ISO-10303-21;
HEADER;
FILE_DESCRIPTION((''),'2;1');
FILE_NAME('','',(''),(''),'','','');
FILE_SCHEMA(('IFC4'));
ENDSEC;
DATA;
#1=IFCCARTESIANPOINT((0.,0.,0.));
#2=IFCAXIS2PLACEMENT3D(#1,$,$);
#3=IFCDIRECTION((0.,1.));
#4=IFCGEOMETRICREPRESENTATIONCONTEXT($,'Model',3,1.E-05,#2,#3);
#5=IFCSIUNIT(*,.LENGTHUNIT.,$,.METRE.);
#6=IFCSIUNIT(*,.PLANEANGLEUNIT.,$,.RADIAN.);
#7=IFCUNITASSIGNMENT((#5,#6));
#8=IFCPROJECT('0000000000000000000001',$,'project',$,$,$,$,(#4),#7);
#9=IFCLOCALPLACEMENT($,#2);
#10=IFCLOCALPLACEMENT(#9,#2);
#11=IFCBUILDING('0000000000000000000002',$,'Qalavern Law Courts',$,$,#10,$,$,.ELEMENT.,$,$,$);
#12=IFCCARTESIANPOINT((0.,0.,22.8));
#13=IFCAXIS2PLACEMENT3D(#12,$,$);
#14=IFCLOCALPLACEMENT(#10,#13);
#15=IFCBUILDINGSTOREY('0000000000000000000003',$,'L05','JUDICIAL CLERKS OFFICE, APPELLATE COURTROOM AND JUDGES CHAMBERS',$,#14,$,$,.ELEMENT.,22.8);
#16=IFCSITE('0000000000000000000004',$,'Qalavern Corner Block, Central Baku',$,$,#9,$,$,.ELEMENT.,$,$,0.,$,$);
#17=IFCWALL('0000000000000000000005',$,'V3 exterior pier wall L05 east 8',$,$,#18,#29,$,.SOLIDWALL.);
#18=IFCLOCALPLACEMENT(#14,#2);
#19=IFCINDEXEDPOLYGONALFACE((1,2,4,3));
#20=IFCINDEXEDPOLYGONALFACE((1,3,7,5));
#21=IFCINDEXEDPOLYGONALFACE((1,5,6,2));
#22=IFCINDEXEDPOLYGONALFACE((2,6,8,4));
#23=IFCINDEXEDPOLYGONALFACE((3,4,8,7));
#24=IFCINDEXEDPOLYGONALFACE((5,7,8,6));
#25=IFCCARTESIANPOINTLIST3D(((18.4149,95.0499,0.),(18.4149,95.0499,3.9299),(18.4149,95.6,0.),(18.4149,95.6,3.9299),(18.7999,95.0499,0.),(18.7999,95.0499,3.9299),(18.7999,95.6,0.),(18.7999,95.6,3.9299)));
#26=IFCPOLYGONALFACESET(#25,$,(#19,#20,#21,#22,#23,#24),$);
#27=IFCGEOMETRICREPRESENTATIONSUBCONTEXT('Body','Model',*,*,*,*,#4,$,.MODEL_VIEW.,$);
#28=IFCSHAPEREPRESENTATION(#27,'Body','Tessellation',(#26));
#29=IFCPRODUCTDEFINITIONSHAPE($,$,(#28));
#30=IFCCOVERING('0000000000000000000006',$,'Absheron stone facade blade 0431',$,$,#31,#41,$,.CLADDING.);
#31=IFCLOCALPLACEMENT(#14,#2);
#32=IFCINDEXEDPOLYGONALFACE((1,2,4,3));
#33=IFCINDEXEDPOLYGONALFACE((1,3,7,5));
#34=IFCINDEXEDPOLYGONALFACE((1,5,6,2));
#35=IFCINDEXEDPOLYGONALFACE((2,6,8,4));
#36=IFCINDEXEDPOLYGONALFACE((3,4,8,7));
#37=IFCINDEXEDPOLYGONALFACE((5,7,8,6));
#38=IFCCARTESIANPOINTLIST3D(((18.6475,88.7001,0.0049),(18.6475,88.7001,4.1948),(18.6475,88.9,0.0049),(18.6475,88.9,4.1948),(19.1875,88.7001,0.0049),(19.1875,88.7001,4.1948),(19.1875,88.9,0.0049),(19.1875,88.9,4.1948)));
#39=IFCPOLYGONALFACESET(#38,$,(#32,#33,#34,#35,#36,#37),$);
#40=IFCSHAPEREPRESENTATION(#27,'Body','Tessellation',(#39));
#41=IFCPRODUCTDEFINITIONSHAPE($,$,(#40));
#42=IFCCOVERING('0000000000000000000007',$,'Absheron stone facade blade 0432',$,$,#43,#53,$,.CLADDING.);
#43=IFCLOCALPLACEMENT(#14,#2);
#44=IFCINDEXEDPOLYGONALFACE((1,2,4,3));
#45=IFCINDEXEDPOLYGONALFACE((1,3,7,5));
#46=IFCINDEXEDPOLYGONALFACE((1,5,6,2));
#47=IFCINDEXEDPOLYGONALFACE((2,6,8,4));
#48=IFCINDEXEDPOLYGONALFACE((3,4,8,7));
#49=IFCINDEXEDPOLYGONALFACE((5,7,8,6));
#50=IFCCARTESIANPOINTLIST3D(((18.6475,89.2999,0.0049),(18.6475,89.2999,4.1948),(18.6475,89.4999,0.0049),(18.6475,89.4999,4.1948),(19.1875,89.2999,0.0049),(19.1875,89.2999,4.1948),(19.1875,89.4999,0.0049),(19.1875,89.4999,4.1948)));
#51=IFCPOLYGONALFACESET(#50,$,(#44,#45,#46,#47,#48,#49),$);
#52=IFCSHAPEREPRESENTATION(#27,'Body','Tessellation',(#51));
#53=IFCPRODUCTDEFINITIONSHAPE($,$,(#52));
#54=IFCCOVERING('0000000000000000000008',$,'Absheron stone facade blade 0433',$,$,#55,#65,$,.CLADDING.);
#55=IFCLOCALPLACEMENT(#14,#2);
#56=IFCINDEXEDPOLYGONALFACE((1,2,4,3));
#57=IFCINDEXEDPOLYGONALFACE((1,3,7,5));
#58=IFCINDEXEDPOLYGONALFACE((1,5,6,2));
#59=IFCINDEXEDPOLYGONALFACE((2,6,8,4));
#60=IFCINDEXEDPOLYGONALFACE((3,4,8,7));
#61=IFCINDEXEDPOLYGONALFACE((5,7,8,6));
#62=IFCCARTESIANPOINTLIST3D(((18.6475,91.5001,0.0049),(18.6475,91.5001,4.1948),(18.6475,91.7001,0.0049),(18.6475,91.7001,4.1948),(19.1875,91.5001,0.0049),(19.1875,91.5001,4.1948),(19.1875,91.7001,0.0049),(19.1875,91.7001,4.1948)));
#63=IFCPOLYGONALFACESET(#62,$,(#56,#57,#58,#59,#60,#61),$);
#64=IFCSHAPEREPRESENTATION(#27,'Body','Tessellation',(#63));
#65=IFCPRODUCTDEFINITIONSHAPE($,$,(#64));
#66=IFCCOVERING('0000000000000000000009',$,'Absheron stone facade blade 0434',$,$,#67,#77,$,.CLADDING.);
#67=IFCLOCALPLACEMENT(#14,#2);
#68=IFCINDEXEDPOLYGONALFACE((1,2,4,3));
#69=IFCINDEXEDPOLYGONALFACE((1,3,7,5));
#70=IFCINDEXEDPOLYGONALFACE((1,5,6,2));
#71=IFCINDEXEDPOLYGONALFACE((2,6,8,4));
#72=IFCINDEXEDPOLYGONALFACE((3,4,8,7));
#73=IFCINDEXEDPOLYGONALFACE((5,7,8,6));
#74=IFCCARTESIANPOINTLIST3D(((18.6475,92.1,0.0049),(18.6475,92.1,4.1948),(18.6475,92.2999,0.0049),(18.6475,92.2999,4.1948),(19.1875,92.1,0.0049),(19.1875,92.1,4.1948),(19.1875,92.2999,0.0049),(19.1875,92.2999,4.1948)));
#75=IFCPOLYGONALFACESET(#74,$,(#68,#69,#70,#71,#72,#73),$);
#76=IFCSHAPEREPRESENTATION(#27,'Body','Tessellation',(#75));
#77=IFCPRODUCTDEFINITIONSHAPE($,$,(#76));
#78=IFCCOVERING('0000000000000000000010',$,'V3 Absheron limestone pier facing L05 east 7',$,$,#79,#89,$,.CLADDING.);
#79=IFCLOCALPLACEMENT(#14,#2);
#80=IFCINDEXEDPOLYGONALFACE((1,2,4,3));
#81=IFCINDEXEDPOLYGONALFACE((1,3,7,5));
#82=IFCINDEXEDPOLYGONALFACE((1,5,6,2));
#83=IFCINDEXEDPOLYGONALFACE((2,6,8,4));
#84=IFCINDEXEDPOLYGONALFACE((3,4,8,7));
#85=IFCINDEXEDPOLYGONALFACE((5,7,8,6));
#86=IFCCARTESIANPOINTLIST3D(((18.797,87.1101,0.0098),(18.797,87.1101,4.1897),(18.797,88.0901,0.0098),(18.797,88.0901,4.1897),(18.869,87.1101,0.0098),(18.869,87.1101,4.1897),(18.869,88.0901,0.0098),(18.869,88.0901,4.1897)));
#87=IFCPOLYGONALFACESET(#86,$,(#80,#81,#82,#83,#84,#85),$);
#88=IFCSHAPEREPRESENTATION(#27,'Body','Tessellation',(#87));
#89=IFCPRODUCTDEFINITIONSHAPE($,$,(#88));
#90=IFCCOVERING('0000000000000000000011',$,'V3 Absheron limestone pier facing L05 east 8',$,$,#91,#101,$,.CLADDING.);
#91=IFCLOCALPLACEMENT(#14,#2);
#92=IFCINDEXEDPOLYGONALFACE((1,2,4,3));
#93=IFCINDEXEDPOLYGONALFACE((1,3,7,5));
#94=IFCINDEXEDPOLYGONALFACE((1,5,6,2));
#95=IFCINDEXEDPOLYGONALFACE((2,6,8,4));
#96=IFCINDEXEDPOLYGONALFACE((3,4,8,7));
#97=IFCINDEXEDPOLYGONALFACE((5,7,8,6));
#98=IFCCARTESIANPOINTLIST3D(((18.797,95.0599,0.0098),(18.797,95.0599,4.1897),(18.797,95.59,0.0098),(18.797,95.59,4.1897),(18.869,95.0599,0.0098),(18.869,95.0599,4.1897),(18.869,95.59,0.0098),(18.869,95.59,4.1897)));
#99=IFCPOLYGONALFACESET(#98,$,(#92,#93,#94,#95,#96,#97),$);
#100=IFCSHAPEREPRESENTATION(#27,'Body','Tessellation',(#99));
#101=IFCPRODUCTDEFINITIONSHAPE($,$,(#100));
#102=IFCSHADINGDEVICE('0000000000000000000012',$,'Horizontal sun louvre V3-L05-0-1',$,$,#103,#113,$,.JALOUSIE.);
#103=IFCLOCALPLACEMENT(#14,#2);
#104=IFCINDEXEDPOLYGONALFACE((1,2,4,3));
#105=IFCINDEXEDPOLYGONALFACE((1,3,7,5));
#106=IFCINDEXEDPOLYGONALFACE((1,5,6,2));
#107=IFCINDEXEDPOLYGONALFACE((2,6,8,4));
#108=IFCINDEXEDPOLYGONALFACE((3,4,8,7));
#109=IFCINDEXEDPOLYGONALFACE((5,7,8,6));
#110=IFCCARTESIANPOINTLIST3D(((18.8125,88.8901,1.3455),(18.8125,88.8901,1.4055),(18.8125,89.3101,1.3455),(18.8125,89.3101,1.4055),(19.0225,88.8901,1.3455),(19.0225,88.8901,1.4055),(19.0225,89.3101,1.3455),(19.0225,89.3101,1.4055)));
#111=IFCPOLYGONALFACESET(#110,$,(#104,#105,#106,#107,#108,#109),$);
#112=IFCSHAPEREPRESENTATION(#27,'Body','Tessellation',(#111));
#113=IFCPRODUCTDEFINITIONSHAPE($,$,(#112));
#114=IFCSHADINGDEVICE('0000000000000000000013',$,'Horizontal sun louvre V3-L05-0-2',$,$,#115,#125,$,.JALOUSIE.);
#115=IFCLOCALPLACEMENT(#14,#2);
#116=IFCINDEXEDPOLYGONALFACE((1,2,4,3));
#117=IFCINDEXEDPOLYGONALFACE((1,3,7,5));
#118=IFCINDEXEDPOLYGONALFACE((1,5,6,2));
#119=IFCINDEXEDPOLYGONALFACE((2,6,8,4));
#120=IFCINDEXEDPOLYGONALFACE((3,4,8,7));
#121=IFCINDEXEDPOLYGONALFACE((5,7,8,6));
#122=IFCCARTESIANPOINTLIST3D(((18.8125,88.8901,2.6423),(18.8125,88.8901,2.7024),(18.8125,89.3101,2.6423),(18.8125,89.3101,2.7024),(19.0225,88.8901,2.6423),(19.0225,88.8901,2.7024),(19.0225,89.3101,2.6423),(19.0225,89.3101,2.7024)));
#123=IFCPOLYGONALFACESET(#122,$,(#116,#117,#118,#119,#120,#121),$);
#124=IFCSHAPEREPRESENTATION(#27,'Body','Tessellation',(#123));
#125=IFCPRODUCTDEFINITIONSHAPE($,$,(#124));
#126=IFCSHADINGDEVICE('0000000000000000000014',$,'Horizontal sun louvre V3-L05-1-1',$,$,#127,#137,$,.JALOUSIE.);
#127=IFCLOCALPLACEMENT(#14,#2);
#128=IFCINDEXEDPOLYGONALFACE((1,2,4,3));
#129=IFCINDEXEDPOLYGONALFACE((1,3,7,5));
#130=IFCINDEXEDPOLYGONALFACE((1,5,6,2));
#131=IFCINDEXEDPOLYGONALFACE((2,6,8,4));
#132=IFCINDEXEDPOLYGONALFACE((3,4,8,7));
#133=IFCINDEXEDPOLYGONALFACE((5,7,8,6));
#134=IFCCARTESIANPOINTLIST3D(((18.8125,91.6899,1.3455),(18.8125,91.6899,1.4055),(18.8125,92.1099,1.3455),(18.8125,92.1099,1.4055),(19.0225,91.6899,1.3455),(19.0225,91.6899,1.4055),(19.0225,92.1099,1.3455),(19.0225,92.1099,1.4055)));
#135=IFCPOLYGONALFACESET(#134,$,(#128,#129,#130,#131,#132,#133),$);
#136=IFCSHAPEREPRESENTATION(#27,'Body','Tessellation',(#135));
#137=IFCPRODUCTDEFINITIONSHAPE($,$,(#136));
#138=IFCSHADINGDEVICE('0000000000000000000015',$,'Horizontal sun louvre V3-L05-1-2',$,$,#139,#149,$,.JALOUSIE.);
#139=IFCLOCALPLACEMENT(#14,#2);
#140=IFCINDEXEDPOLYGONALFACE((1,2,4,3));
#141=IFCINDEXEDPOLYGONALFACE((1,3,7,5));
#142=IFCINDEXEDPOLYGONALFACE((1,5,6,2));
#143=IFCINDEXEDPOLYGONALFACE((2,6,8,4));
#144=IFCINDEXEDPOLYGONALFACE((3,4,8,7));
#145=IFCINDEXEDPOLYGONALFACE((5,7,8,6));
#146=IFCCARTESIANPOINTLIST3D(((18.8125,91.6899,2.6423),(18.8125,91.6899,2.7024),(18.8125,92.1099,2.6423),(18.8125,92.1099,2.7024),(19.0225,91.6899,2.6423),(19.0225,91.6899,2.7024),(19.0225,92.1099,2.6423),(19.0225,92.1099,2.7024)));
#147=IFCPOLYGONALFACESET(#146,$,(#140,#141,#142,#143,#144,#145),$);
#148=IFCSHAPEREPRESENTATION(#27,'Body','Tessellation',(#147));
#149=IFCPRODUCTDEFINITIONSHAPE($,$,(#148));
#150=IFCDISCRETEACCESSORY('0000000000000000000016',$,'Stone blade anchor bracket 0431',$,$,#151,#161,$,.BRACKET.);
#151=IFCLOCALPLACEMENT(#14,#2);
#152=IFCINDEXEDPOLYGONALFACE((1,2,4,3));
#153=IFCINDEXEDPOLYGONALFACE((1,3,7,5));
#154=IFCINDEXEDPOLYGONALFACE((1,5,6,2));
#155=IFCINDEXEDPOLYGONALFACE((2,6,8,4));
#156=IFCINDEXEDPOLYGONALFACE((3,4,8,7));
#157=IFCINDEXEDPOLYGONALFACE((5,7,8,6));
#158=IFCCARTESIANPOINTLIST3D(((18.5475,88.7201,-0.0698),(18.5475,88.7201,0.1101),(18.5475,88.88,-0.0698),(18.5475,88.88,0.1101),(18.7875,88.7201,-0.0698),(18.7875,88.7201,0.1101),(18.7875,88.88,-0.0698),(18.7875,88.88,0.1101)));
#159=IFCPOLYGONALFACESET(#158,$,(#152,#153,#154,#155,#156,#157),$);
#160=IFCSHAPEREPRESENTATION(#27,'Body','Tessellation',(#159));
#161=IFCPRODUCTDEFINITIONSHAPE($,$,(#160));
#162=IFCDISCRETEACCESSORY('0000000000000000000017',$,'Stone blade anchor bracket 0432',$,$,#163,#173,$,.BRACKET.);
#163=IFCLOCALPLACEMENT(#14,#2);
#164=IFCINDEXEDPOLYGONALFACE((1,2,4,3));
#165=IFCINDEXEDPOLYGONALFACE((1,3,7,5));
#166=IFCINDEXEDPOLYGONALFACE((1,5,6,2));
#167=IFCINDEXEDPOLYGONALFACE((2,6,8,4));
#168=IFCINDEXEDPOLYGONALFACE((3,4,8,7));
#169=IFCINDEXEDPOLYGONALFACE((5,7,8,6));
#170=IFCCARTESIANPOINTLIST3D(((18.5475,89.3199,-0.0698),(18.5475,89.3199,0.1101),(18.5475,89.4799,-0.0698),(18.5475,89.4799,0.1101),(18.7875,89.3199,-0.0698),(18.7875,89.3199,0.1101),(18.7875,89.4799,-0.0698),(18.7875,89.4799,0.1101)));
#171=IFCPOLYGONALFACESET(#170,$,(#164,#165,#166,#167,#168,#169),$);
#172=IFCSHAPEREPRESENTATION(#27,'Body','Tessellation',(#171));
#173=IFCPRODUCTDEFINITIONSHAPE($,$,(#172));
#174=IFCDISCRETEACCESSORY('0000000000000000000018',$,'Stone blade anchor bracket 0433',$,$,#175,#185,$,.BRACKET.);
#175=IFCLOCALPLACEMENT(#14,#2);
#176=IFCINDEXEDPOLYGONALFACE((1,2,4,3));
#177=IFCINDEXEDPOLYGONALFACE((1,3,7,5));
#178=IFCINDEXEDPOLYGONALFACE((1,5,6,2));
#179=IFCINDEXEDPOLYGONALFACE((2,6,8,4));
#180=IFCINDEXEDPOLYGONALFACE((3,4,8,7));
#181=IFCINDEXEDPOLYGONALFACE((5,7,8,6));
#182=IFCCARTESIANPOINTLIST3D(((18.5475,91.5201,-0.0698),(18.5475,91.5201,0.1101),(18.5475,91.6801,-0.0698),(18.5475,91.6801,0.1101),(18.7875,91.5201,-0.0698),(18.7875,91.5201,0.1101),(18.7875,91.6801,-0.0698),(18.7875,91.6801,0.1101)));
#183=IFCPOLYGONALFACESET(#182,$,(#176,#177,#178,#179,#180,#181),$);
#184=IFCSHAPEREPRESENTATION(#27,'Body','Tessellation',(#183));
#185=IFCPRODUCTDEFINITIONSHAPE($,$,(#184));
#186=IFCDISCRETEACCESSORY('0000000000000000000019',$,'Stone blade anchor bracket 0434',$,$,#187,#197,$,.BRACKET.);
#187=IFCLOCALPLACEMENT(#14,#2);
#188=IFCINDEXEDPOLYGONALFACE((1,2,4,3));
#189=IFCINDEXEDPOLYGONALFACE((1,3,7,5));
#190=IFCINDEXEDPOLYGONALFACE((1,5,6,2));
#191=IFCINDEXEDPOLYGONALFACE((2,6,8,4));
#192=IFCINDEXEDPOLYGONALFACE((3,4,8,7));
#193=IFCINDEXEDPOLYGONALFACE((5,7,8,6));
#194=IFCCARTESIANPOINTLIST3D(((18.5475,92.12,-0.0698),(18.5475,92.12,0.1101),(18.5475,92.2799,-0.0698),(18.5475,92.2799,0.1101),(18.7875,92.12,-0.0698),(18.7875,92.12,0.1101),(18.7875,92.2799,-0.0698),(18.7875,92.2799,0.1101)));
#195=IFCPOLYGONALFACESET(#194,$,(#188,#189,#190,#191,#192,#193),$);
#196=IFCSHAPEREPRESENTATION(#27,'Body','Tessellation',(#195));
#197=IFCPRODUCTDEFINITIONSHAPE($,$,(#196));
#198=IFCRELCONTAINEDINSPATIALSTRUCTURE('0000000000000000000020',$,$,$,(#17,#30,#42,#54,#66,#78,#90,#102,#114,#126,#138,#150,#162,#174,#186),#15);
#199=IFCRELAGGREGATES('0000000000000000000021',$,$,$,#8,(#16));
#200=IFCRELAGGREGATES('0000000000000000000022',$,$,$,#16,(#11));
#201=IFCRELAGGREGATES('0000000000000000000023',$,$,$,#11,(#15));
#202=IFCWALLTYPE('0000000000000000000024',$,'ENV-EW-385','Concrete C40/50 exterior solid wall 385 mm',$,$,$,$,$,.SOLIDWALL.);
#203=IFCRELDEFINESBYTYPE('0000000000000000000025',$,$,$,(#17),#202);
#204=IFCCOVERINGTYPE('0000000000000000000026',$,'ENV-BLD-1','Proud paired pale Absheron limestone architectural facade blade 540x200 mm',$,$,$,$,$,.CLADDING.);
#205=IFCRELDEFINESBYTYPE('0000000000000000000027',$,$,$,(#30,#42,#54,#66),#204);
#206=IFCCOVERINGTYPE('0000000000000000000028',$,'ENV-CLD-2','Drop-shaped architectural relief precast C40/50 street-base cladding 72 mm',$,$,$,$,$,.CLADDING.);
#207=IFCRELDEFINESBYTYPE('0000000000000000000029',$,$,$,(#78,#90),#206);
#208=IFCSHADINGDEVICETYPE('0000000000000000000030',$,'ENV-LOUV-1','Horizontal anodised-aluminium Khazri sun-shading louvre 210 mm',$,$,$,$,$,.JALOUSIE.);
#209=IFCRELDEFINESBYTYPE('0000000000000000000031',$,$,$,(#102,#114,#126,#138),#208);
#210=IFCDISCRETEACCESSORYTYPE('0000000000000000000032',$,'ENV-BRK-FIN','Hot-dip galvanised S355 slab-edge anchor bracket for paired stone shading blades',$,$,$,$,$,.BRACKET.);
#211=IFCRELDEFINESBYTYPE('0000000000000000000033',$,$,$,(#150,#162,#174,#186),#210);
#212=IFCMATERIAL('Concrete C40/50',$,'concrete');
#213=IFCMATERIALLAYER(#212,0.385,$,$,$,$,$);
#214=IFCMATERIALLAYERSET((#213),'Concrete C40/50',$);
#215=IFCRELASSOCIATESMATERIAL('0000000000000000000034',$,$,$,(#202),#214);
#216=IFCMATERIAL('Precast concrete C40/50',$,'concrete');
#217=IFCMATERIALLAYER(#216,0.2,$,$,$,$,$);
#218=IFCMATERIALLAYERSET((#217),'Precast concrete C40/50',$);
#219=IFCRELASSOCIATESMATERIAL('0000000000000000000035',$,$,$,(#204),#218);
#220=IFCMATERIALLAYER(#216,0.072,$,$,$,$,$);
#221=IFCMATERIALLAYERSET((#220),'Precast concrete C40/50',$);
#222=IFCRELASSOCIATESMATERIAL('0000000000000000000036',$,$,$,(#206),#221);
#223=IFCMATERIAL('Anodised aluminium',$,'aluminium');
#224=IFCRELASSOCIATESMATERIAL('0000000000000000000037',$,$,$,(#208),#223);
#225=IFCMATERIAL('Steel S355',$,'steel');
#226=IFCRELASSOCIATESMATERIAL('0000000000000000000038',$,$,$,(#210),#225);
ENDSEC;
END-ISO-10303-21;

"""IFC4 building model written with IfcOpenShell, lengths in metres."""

from ifc_helpers import new_model, si_unit, direction, frame, frame_2d, origin, origin_2d, place, context, subcontext, project, spatial, rectangle, extrude, material, layer, layer_set, type_object, element, save


model = new_model("IFC4")

# Units and contexts
model_context = context("Model", 3, precision=1e-05, world=origin(), true_north=direction((0.0, 1.0)))
body_context = subcontext(model_context, "Body", "Model", "MODEL_VIEW")
ifc_project = project(units=[si_unit("LENGTHUNIT", "METRE"), si_unit("PLANEANGLEUNIT", "RADIAN")], contexts=[model_context])

# Site, building, storey
site_placement = place(None, origin())
site = spatial("IfcSite", under=ifc_project, at=site_placement, Name="Qalavern Corner Block, Central Baku", CompositionType="ELEMENT", RefElevation=0.0)
building_placement = place(site_placement, origin())
building = spatial("IfcBuilding", under=site, at=building_placement, Name="Qalavern Law Courts", CompositionType="ELEMENT")
storey_placement = place(building_placement, frame((0.0, 0.0, 22.8)))
storey = spatial("IfcBuildingStorey", under=building, at=storey_placement, Name="L05", Description="JUDICIAL CLERKS OFFICE, APPELLATE COURTROOM AND JUDGES CHAMBERS", CompositionType="ELEMENT", Elevation=22.8)

# Shared definitions
ifc_material_1 = material(Name="Anodised aluminium", Category="aluminium")

# Wall
ifc_material_2 = material(Name="Concrete C40/50", Category="concrete")
ifc_layer_1 = layer(ifc_material_2, 0.385)
ifc_layer_set_1 = layer_set([ifc_layer_1], Name="Concrete C40/50")
wall_type = type_object("IfcWallType", Name="ENV-EW-385", Description="Concrete C40/50 exterior solid wall 385 mm", PredefinedType="SOLIDWALL", material=ifc_layer_set_1)
wall_placement = place(storey_placement, frame((18.6074, 95.05, 0.0), z_axis=(0.0, 0.0, 1.0), x_axis=(0.0, 1.0, 0.0)))
element("IfcWall", 1, at=wall_placement, inside=storey, type_object=wall_type, Name="V3 exterior pier wall L05 east 8", PredefinedType="SOLIDWALL", context=body_context, shape_type="SweptSolid", body=[
    extrude(rectangle(XDim=0.55, YDim=0.385, at=frame_2d((0.2749, 0.0))), origin(), (0.0, 0.0, 1.0), 3.9299),
])

# Coverings
ifc_material_3 = material(Name="Precast concrete C40/50", Category="concrete")
ifc_layer_2 = layer(ifc_material_3, 0.2)
ifc_layer_set_2 = layer_set([ifc_layer_2], Name="Precast concrete C40/50")
covering_type_1 = type_object("IfcCoveringType", Name="ENV-BLD-1", Description="Proud paired pale Absheron limestone architectural facade blade 540x200 mm", PredefinedType="CLADDING", material=ifc_layer_set_2)
for number, where, z_axis, x_axis, name in (
    (2, (18.9175, 88.8, 0.0049), (0.0, 0.0, 1.0), (1.0, 0.0, 0.0), "Absheron stone facade blade 0431"),
    (3, (18.9175, 89.3999, 0.0049), (0.0, 0.0, 1.0), (1.0, 0.0, 0.0), "Absheron stone facade blade 0432"),
    (4, (18.9175, 91.6001, 0.0049), (0.0, 0.0, 1.0), (1.0, 0.0, 0.0), "Absheron stone facade blade 0433"),
    (5, (18.9175, 92.2, 0.0049), (0.0, 0.0, 1.0), (1.0, 0.0, 0.0), "Absheron stone facade blade 0434"),
):
    element("IfcCovering", number, at=place(storey_placement, frame(where, z_axis=z_axis, x_axis=x_axis)), inside=storey, type_object=covering_type_1, Name=name, PredefinedType="CLADDING", context=body_context, shape_type="SweptSolid", body=[
        extrude(rectangle(XDim=0.54, YDim=0.2, at=origin_2d()), origin(), (0.0, 0.0, 1.0), 4.1899),
    ])
ifc_layer_3 = layer(ifc_material_3, 0.072)
ifc_layer_set_3 = layer_set([ifc_layer_3], Name="Precast concrete C40/50")
covering_type_2 = type_object("IfcCoveringType", Name="ENV-CLD-2", Description="Drop-shaped architectural relief precast C40/50 street-base cladding 72 mm", PredefinedType="CLADDING", material=ifc_layer_set_3)
covering_1_placement = place(storey_placement, frame((18.833, 87.6001, 0.0098), z_axis=(0.0, 0.0, 1.0), x_axis=(0.0, 1.0, 0.0)))
element("IfcCovering", 6, at=covering_1_placement, inside=storey, type_object=covering_type_2, Name="V3 Absheron limestone pier facing L05 east 7", PredefinedType="CLADDING", context=body_context, shape_type="SweptSolid", body=[
    extrude(rectangle(XDim=0.98, YDim=0.072, at=origin_2d()), origin(), (0.0, 0.0, 1.0), 4.1799),
])
covering_2_placement = place(storey_placement, frame((18.833, 95.325, 0.0098), z_axis=(0.0, 0.0, 1.0), x_axis=(0.0, 1.0, 0.0)))
element("IfcCovering", 7, at=covering_2_placement, inside=storey, type_object=covering_type_2, Name="V3 Absheron limestone pier facing L05 east 8", PredefinedType="CLADDING", context=body_context, shape_type="SweptSolid", body=[
    extrude(rectangle(XDim=0.53, YDim=0.072, at=origin_2d()), origin(), (0.0, 0.0, 1.0), 4.1799),
])

# Shading devices
shading_device_type = type_object("IfcShadingDeviceType", Name="ENV-LOUV-1", Description="Horizontal anodised-aluminium Khazri sun-shading louvre 210 mm", PredefinedType="JALOUSIE", material=ifc_material_1)
for number, where, z_axis, x_axis, name in (
    (8, (18.9175, 89.1001, 1.3455), (0.0, 0.0, 1.0), (0.0, 1.0, 0.0), "Horizontal sun louvre V3-L05-0-1"),
    (9, (18.9175, 89.1001, 2.6423), (0.0, 0.0, 1.0), (0.0, 1.0, 0.0), "Horizontal sun louvre V3-L05-0-2"),
    (10, (18.9175, 91.8999, 1.3455), (0.0, 0.0, 1.0), (0.0, 1.0, 0.0), "Horizontal sun louvre V3-L05-1-1"),
    (11, (18.9175, 91.8999, 2.6423), (0.0, 0.0, 1.0), (0.0, 1.0, 0.0), "Horizontal sun louvre V3-L05-1-2"),
):
    element("IfcShadingDevice", number, at=place(storey_placement, frame(where, z_axis=z_axis, x_axis=x_axis)), inside=storey, type_object=shading_device_type, Name=name, PredefinedType="JALOUSIE", context=body_context, shape_type="SweptSolid", body=[
        extrude(rectangle(XDim=0.4199, YDim=0.21, at=origin_2d()), origin(), (0.0, 0.0, 1.0), 0.0601),
    ])

# Discrete accessories
ifc_material_4 = material(Name="Steel S355", Category="steel")
discrete_accessory_type = type_object("IfcDiscreteAccessoryType", Name="ENV-BRK-FIN", Description="Hot-dip galvanised S355 slab-edge anchor bracket for paired stone shading blades", PredefinedType="BRACKET", material=ifc_material_4)
for number, where, z_axis, x_axis, name in (
    (12, (18.6675, 88.8, -0.0698), (0.0, 0.0, 1.0), (1.0, 0.0, 0.0), "Stone blade anchor bracket 0431"),
    (13, (18.6675, 89.3999, -0.0698), (0.0, 0.0, 1.0), (1.0, 0.0, 0.0), "Stone blade anchor bracket 0432"),
    (14, (18.6675, 91.6001, -0.0698), (0.0, 0.0, 1.0), (1.0, 0.0, 0.0), "Stone blade anchor bracket 0433"),
    (15, (18.6675, 92.2, -0.0698), (0.0, 0.0, 1.0), (1.0, 0.0, 0.0), "Stone blade anchor bracket 0434"),
):
    element("IfcDiscreteAccessory", number, at=place(storey_placement, frame(where, z_axis=z_axis, x_axis=x_axis)), inside=storey, type_object=discrete_accessory_type, Name=name, PredefinedType="BRACKET", context=body_context, shape_type="SweptSolid", body=[
        extrude(rectangle(XDim=0.24, YDim=0.1599, at=origin_2d()), origin(), (0.0, 0.0, 1.0), 0.1799),
    ])

save(model, "model.ifc")
